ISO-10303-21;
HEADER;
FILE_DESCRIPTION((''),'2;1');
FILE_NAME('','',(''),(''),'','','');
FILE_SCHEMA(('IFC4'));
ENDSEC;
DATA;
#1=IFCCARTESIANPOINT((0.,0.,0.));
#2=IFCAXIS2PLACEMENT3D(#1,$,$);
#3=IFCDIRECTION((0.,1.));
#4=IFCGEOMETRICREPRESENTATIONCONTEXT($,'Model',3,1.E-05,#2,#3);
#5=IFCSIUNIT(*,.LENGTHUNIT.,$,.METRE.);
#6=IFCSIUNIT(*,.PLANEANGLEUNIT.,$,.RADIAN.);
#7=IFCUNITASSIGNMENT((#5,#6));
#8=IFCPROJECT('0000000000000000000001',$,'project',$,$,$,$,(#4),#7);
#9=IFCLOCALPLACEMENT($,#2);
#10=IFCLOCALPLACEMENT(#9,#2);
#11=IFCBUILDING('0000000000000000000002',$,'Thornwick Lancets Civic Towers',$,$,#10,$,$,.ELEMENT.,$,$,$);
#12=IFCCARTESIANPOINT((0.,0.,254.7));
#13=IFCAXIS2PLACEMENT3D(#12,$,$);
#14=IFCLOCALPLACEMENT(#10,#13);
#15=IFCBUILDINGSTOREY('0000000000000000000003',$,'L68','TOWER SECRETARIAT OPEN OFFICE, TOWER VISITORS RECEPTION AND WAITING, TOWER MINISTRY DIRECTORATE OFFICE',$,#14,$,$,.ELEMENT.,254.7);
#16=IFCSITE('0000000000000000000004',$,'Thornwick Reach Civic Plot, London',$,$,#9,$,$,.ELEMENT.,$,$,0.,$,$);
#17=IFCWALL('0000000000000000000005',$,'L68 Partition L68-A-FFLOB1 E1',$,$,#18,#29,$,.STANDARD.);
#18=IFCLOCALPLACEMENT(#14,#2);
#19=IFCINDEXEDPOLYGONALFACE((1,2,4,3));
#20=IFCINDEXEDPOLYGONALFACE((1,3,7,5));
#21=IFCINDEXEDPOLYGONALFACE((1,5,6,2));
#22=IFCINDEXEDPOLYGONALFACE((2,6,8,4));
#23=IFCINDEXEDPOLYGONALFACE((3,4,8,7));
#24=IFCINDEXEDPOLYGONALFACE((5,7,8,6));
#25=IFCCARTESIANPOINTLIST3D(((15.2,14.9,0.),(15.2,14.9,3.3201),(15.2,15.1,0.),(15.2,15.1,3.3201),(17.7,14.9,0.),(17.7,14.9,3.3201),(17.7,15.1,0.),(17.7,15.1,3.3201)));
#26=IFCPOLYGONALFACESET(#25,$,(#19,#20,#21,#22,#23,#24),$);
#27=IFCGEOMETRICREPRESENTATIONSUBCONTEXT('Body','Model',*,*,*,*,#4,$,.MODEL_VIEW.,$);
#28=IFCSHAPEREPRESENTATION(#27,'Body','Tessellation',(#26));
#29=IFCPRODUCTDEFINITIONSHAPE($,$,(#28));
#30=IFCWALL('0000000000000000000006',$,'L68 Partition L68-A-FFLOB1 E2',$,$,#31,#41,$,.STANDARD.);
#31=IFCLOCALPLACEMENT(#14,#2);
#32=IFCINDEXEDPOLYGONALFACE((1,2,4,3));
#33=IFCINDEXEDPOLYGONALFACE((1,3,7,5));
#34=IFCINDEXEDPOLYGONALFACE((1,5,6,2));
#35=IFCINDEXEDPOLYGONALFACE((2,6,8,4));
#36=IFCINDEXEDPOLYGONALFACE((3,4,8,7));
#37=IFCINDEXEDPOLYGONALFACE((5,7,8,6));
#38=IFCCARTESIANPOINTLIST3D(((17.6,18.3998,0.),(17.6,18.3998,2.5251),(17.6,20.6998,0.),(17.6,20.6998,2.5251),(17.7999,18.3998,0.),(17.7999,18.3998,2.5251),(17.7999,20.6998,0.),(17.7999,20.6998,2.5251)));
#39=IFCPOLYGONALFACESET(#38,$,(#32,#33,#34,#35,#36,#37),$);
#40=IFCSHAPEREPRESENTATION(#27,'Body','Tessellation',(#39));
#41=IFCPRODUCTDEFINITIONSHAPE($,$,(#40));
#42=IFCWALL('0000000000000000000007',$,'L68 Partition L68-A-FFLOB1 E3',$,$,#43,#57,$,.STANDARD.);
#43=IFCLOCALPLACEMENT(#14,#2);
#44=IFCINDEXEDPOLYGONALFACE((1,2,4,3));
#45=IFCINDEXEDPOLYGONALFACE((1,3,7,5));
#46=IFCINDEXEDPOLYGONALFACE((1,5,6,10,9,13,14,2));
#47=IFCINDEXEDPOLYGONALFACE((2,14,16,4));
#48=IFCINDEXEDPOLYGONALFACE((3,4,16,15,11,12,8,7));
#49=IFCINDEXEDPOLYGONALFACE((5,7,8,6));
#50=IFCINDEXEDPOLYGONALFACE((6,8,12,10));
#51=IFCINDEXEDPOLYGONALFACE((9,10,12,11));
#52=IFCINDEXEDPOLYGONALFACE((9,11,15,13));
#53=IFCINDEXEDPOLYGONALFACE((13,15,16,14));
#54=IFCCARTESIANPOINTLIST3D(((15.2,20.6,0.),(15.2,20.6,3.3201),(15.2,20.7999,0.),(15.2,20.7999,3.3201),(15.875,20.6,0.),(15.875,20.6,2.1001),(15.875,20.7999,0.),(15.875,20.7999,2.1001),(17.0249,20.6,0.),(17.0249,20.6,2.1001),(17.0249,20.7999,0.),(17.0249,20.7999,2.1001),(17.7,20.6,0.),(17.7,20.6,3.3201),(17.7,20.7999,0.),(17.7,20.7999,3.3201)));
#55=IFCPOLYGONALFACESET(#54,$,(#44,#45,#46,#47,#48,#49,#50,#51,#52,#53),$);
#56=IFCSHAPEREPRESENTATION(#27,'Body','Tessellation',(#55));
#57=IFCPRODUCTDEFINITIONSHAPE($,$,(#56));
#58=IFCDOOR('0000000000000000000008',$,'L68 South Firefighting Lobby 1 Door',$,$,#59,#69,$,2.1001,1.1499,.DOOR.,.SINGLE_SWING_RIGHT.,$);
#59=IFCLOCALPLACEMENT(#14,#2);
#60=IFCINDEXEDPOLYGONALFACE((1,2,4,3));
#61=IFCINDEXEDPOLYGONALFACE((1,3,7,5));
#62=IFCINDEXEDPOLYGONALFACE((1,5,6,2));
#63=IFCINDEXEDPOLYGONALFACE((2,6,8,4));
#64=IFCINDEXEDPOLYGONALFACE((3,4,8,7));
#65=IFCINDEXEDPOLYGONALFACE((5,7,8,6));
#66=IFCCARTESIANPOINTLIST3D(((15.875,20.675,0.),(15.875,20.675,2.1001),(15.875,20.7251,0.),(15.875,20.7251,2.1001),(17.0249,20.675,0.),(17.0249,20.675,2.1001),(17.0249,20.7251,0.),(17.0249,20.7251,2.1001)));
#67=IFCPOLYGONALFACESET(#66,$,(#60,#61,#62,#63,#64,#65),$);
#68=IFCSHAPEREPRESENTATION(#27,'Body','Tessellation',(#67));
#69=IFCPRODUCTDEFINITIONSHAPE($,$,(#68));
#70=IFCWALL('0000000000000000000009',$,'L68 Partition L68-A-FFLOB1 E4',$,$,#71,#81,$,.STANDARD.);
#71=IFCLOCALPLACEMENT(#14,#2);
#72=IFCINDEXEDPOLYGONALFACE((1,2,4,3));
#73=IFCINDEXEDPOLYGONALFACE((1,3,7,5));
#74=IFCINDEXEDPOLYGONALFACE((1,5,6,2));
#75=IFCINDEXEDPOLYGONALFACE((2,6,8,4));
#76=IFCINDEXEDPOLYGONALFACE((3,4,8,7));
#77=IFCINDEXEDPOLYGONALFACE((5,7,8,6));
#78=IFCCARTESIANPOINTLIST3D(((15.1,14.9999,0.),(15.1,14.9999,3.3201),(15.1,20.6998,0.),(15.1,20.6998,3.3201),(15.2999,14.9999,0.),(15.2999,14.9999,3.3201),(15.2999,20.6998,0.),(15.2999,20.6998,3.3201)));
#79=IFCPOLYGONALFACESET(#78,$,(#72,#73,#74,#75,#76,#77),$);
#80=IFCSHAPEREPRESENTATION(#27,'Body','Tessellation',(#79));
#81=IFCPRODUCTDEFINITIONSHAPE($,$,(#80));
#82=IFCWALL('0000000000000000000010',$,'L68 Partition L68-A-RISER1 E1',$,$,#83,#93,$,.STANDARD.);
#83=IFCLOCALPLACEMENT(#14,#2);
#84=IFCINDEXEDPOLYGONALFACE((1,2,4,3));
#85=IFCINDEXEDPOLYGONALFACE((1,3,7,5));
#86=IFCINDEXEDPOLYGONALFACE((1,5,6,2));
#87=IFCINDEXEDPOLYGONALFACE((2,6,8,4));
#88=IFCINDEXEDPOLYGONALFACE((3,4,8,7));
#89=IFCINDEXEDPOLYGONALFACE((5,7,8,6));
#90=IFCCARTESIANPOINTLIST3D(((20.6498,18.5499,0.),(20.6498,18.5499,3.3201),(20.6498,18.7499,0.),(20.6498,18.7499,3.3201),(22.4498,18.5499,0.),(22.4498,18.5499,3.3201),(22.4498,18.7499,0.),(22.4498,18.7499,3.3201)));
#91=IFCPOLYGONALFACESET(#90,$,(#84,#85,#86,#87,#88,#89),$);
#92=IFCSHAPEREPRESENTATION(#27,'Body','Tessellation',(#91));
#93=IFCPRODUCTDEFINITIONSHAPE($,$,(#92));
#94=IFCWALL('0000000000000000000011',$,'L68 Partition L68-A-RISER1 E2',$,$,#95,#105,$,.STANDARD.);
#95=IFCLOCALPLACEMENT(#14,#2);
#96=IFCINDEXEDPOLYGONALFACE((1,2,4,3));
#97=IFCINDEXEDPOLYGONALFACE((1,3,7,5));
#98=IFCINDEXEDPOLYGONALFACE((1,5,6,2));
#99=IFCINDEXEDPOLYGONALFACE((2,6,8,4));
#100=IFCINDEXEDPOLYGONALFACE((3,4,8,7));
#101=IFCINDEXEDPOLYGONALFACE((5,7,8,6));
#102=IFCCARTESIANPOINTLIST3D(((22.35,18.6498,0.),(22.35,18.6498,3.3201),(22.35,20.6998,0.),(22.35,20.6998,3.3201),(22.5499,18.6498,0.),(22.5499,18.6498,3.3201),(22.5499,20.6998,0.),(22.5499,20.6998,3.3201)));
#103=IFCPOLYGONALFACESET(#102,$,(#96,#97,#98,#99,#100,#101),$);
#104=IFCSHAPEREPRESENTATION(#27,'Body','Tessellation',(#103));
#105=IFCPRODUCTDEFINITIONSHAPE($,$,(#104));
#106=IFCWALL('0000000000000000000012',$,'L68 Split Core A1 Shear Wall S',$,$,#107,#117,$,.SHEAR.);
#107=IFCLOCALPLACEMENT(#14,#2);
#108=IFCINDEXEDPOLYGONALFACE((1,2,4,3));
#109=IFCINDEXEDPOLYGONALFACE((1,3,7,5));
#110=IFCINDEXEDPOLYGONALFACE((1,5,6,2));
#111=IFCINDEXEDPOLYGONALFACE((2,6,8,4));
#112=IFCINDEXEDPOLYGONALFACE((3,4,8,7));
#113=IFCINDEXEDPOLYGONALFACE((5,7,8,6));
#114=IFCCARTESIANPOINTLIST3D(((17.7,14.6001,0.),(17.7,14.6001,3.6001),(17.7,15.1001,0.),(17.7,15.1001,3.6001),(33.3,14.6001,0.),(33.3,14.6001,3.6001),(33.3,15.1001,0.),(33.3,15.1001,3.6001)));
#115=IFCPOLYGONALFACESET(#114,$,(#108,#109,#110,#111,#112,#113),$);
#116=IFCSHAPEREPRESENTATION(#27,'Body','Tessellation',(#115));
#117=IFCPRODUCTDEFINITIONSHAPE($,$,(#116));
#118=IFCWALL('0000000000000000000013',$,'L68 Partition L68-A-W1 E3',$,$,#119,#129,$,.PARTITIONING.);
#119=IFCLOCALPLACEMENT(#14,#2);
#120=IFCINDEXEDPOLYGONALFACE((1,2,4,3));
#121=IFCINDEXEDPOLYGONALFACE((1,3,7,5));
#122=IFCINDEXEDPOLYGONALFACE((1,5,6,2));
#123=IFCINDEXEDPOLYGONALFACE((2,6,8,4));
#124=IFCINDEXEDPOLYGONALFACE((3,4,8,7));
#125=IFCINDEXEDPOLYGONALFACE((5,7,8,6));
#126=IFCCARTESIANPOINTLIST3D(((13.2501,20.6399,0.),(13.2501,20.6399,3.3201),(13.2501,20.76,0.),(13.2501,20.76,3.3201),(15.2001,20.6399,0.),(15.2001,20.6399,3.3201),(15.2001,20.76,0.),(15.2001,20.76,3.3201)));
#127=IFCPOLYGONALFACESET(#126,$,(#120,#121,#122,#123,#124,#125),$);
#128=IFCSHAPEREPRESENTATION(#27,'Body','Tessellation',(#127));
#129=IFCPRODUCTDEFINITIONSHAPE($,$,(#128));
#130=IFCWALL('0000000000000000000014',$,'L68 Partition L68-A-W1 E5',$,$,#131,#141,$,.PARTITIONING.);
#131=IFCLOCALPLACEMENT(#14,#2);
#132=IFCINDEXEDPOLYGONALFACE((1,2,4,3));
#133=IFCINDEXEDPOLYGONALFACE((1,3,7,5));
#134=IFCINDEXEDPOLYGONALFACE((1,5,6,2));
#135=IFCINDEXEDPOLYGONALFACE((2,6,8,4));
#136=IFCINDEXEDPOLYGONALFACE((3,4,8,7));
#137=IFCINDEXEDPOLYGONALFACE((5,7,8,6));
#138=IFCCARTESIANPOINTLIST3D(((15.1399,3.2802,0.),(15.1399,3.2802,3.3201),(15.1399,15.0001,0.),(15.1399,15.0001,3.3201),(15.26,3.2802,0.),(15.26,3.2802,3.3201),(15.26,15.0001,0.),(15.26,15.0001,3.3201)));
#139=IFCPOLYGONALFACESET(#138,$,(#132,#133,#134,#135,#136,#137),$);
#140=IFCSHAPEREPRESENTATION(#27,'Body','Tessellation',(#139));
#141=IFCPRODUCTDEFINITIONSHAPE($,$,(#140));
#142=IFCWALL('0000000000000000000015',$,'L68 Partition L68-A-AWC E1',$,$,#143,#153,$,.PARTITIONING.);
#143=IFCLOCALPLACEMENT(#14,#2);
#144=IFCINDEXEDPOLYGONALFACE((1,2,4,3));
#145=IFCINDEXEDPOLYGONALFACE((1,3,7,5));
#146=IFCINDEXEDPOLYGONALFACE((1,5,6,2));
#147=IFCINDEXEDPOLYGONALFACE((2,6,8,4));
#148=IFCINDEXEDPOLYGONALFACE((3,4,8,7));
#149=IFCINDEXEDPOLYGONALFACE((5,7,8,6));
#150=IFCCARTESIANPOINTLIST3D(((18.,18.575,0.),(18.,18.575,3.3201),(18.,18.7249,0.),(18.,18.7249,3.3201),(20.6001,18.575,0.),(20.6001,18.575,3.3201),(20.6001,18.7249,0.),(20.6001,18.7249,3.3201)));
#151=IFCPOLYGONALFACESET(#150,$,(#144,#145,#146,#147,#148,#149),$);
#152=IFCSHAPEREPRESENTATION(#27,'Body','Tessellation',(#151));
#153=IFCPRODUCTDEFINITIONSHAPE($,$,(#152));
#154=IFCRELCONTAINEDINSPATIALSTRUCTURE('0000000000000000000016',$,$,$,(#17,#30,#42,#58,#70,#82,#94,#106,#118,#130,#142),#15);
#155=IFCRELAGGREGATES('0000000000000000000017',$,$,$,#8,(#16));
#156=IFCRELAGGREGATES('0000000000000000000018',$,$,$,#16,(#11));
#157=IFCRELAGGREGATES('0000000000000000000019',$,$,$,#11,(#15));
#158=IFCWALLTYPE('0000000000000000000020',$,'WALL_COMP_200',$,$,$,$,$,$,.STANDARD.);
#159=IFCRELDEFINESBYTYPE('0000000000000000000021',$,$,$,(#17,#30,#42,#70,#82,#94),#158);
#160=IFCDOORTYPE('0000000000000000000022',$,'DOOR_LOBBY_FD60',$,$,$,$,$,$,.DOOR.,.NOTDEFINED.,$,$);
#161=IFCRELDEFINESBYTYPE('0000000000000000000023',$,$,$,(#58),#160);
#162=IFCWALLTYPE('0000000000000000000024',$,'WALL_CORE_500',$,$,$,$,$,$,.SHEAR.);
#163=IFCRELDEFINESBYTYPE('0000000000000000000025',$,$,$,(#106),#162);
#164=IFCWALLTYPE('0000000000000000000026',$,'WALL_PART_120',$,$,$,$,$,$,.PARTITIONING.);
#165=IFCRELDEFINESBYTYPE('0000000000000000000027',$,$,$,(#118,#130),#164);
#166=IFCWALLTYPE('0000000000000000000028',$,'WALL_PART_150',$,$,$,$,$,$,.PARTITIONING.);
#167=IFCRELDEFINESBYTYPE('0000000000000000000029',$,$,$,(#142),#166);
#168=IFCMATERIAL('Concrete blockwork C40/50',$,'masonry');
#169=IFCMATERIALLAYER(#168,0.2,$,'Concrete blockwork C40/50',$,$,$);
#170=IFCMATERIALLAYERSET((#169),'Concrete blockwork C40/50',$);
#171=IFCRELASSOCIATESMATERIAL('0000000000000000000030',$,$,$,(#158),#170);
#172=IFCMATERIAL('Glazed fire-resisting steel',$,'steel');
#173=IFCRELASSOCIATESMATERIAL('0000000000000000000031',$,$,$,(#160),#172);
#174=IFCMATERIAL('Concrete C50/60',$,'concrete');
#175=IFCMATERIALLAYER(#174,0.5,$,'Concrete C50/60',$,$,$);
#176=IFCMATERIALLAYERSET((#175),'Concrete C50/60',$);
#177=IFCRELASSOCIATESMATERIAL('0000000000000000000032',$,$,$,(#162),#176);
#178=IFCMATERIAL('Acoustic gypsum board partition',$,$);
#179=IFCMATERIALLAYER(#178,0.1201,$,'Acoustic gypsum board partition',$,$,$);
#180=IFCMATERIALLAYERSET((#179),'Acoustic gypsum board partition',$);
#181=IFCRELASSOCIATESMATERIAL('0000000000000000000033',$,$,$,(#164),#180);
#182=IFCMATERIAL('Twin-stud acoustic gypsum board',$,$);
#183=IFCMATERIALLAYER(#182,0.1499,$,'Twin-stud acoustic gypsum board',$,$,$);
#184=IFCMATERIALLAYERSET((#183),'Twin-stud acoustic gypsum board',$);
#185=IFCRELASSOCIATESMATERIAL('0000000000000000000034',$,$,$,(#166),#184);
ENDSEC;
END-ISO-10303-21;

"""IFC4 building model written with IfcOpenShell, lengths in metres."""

from ifc_helpers import new_model, si_unit, direction, frame, frame_2d, origin, place, context, subcontext, project, spatial, rectangle, extrude, material, layer, layer_set, type_object, element, fill, save


model = new_model("IFC4")

# Units and contexts
model_context = context("Model", 3, precision=1e-05, world=origin(), true_north=direction((0.0, 1.0)))
body_context = subcontext(model_context, "Body", "Model", "MODEL_VIEW")
ifc_project = project(units=[si_unit("LENGTHUNIT", "METRE"), si_unit("PLANEANGLEUNIT", "RADIAN")], contexts=[model_context])

# Site, building, storey
site_placement = place(None, origin())
site = spatial("IfcSite", under=ifc_project, at=site_placement, Name="Thornwick Reach Civic Plot, London", CompositionType="ELEMENT", RefElevation=0.0)
building_placement = place(site_placement, origin())
building = spatial("IfcBuilding", under=site, at=building_placement, Name="Thornwick Lancets Civic Towers", CompositionType="ELEMENT")
storey_placement = place(building_placement, frame((0.0, 0.0, 254.7)))
storey = spatial("IfcBuildingStorey", under=building, at=storey_placement, Name="L68", Description="TOWER SECRETARIAT OPEN OFFICE, TOWER VISITORS RECEPTION AND WAITING, TOWER MINISTRY DIRECTORATE OFFICE", CompositionType="ELEMENT", Elevation=254.7)

# Shared definitions
ifc_material_1 = material(Name="Concrete C50/60", Category="concrete")

# Walls
ifc_material_2 = material(Name="Concrete blockwork C40/50", Category="masonry")
ifc_layer_1 = layer(ifc_material_2, 0.2, Name="Concrete blockwork C40/50")
ifc_layer_set_1 = layer_set([ifc_layer_1], Name="Concrete blockwork C40/50")
wall_type_1 = type_object("IfcWallType", Name="WALL_COMP_200", PredefinedType="STANDARD", material=ifc_layer_set_1)
wall_1_placement = place(storey_placement, frame((15.2, 15.0, 0.0), z_axis=(0.0, 0.0, 1.0), x_axis=(1.0, 0.0, 0.0)))
element("IfcWall", 1, at=wall_1_placement, inside=storey, type_object=wall_type_1, Name="L68 Partition L68-A-FFLOB1 E1", PredefinedType="STANDARD", context=body_context, shape_type="SweptSolid", body=[
    extrude(rectangle(XDim=2.5, YDim=0.2, at=frame_2d((1.25, 0.0))), origin(), (0.0, 0.0, 1.0), 3.3201),
])
wall_2_placement = place(storey_placement, frame((17.7, 18.3999, 0.0), z_axis=(0.0, 0.0, 1.0), x_axis=(0.0, 1.0, 0.0)))
element("IfcWall", 2, at=wall_2_placement, inside=storey, type_object=wall_type_1, Name="L68 Partition L68-A-FFLOB1 E2", PredefinedType="STANDARD", context=body_context, shape_type="SweptSolid", body=[
    extrude(rectangle(XDim=2.3, YDim=0.2, at=frame_2d((1.1499, 0.0))), origin(), (0.0, 0.0, 1.0), 2.5251),
])

# Wall, opening, door
wall_3_placement = place(storey_placement, frame((17.7, 20.7, 0.0), z_axis=(0.0, 0.0, 1.0), x_axis=(-1.0, 0.0, 0.0)))
wall_3 = element("IfcWall", 3, at=wall_3_placement, inside=storey, type_object=wall_type_1, Name="L68 Partition L68-A-FFLOB1 E3", PredefinedType="STANDARD", context=body_context, shape_type="SweptSolid", body=[
    extrude(rectangle(XDim=2.5, YDim=0.2, at=frame_2d((1.25, 0.0))), origin(), (0.0, 0.0, 1.0), 3.3201),
])
opening_1_placement = place(wall_3_placement, frame((0.675, 0.0, 0.0)))
opening_1 = element("IfcOpeningElement", 4, at=opening_1_placement, cuts=wall_3, PredefinedType="OPENING", context=body_context, shape_type="SweptSolid", body=[
    extrude(rectangle(XDim=1.1499, YDim=2.1001, at=frame_2d((0.575, 1.05))), frame((0.0, 0.1099, 0.0), z_axis=(0.0, -1.0, 0.0), x_axis=(1.0, 0.0, 0.0)), (0.0, 0.0, 1.0), 0.22),
])
ifc_material_3 = material(Name="Glazed fire-resisting steel", Category="steel")
door_type_1 = type_object("IfcDoorType", Name="DOOR_LOBBY_FD60", OperationType="NOTDEFINED", PredefinedType="DOOR", material=ifc_material_3)
door_1_placement = place(opening_1_placement, origin())
door_1 = element("IfcDoor", 5, at=door_1_placement, inside=storey, type_object=door_type_1, Name="L68 South Firefighting Lobby 1 Door", OperationType="SINGLE_SWING_RIGHT", OverallHeight=2.1001, OverallWidth=1.1499, PredefinedType="DOOR", context=body_context, shape_type="SweptSolid", body=[
    extrude(rectangle(XDim=1.1499, YDim=2.1001, at=frame_2d((0.575, 1.05))), frame((0.0, 0.0249, 0.0), z_axis=(0.0, -1.0, 0.0), x_axis=(1.0, 0.0, 0.0)), (0.0, 0.0, 1.0), 0.05),
])
fill(opening_1, door_1)

# Walls
wall_4_placement = place(storey_placement, frame((15.2, 20.7, 0.0), z_axis=(0.0, 0.0, 1.0), x_axis=(0.0, -1.0, 0.0)))
element("IfcWall", 6, at=wall_4_placement, inside=storey, type_object=wall_type_1, Name="L68 Partition L68-A-FFLOB1 E4", PredefinedType="STANDARD", context=body_context, shape_type="SweptSolid", body=[
    extrude(rectangle(XDim=5.7, YDim=0.2, at=frame_2d((2.8501, 0.0))), origin(), (0.0, 0.0, 1.0), 3.3201),
])
wall_5_placement = place(storey_placement, frame((20.6499, 18.6499, 0.0), z_axis=(0.0, 0.0, 1.0), x_axis=(1.0, 0.0, 0.0)))
element("IfcWall", 7, at=wall_5_placement, inside=storey, type_object=wall_type_1, Name="L68 Partition L68-A-RISER1 E1", PredefinedType="STANDARD", context=body_context, shape_type="SweptSolid", body=[
    extrude(rectangle(XDim=1.8, YDim=0.2, at=frame_2d((0.8999, 0.0))), origin(), (0.0, 0.0, 1.0), 3.3201),
])
wall_6_placement = place(storey_placement, frame((22.45, 18.6499, 0.0), z_axis=(0.0, 0.0, 1.0), x_axis=(0.0, 1.0, 0.0)))
element("IfcWall", 8, at=wall_6_placement, inside=storey, type_object=wall_type_1, Name="L68 Partition L68-A-RISER1 E2", PredefinedType="STANDARD", context=body_context, shape_type="SweptSolid", body=[
    extrude(rectangle(XDim=2.05, YDim=0.2, at=frame_2d((1.0249, 0.0))), origin(), (0.0, 0.0, 1.0), 3.3201),
])
ifc_layer_2 = layer(ifc_material_1, 0.5, Name="Concrete C50/60")
ifc_layer_set_2 = layer_set([ifc_layer_2], Name="Concrete C50/60")
wall_type_2 = type_object("IfcWallType", Name="WALL_CORE_500", PredefinedType="SHEAR", material=ifc_layer_set_2)
wall_7_placement = place(storey_placement, frame((17.7, 14.8501, 0.0), z_axis=(0.0, 0.0, 1.0), x_axis=(1.0, 0.0, 0.0)))
element("IfcWall", 9, at=wall_7_placement, inside=storey, type_object=wall_type_2, Name="L68 Split Core A1 Shear Wall S", PredefinedType="SHEAR", context=body_context, shape_type="SweptSolid", body=[
    extrude(rectangle(XDim=15.6001, YDim=0.5, at=frame_2d((7.8, 0.0))), origin(), (0.0, 0.0, 1.0), 3.6001),
])
ifc_material_4 = material(Name="Acoustic gypsum board partition")
ifc_layer_3 = layer(ifc_material_4, 0.1201, Name="Acoustic gypsum board partition")
ifc_layer_set_3 = layer_set([ifc_layer_3], Name="Acoustic gypsum board partition")
wall_type_3 = type_object("IfcWallType", Name="WALL_PART_120", PredefinedType="PARTITIONING", material=ifc_layer_set_3)
wall_8_placement = place(storey_placement, frame((13.25, 20.7, 0.0), z_axis=(0.0, 0.0, 1.0), x_axis=(1.0, 0.0, 0.0)))
element("IfcWall", 10, at=wall_8_placement, inside=storey, type_object=wall_type_3, Name="L68 Partition L68-A-W1 E3", PredefinedType="PARTITIONING", context=body_context, shape_type="SweptSolid", body=[
    extrude(rectangle(XDim=1.95, YDim=0.1201, at=frame_2d((0.9751, 0.0))), origin(), (0.0, 0.0, 1.0), 3.3201),
])
wall_9_placement = place(storey_placement, frame((15.2, 15.0, 0.0), z_axis=(0.0, 0.0, 1.0), x_axis=(0.0, -1.0, 0.0)))
element("IfcWall", 11, at=wall_9_placement, inside=storey, type_object=wall_type_3, Name="L68 Partition L68-A-W1 E5", PredefinedType="PARTITIONING", context=body_context, shape_type="SweptSolid", body=[
    extrude(rectangle(XDim=11.72, YDim=0.1201, at=frame_2d((5.8599, 0.0))), origin(), (0.0, 0.0, 1.0), 3.3201),
])
ifc_material_5 = material(Name="Twin-stud acoustic gypsum board")
ifc_layer_4 = layer(ifc_material_5, 0.1499, Name="Twin-stud acoustic gypsum board")
ifc_layer_set_4 = layer_set([ifc_layer_4], Name="Twin-stud acoustic gypsum board")
wall_type_4 = type_object("IfcWallType", Name="WALL_PART_150", PredefinedType="PARTITIONING", material=ifc_layer_set_4)
wall_10_placement = place(storey_placement, frame((18.0, 18.6499, 0.0), z_axis=(0.0, 0.0, 1.0), x_axis=(1.0, 0.0, 0.0)))
element("IfcWall", 12, at=wall_10_placement, inside=storey, type_object=wall_type_4, Name="L68 Partition L68-A-AWC E1", PredefinedType="PARTITIONING", context=body_context, shape_type="SweptSolid", body=[
    extrude(rectangle(XDim=2.6001, YDim=0.1499, at=frame_2d((1.3, 0.0))), origin(), (0.0, 0.0, 1.0), 3.3201),
])

save(model, "model.ifc")
